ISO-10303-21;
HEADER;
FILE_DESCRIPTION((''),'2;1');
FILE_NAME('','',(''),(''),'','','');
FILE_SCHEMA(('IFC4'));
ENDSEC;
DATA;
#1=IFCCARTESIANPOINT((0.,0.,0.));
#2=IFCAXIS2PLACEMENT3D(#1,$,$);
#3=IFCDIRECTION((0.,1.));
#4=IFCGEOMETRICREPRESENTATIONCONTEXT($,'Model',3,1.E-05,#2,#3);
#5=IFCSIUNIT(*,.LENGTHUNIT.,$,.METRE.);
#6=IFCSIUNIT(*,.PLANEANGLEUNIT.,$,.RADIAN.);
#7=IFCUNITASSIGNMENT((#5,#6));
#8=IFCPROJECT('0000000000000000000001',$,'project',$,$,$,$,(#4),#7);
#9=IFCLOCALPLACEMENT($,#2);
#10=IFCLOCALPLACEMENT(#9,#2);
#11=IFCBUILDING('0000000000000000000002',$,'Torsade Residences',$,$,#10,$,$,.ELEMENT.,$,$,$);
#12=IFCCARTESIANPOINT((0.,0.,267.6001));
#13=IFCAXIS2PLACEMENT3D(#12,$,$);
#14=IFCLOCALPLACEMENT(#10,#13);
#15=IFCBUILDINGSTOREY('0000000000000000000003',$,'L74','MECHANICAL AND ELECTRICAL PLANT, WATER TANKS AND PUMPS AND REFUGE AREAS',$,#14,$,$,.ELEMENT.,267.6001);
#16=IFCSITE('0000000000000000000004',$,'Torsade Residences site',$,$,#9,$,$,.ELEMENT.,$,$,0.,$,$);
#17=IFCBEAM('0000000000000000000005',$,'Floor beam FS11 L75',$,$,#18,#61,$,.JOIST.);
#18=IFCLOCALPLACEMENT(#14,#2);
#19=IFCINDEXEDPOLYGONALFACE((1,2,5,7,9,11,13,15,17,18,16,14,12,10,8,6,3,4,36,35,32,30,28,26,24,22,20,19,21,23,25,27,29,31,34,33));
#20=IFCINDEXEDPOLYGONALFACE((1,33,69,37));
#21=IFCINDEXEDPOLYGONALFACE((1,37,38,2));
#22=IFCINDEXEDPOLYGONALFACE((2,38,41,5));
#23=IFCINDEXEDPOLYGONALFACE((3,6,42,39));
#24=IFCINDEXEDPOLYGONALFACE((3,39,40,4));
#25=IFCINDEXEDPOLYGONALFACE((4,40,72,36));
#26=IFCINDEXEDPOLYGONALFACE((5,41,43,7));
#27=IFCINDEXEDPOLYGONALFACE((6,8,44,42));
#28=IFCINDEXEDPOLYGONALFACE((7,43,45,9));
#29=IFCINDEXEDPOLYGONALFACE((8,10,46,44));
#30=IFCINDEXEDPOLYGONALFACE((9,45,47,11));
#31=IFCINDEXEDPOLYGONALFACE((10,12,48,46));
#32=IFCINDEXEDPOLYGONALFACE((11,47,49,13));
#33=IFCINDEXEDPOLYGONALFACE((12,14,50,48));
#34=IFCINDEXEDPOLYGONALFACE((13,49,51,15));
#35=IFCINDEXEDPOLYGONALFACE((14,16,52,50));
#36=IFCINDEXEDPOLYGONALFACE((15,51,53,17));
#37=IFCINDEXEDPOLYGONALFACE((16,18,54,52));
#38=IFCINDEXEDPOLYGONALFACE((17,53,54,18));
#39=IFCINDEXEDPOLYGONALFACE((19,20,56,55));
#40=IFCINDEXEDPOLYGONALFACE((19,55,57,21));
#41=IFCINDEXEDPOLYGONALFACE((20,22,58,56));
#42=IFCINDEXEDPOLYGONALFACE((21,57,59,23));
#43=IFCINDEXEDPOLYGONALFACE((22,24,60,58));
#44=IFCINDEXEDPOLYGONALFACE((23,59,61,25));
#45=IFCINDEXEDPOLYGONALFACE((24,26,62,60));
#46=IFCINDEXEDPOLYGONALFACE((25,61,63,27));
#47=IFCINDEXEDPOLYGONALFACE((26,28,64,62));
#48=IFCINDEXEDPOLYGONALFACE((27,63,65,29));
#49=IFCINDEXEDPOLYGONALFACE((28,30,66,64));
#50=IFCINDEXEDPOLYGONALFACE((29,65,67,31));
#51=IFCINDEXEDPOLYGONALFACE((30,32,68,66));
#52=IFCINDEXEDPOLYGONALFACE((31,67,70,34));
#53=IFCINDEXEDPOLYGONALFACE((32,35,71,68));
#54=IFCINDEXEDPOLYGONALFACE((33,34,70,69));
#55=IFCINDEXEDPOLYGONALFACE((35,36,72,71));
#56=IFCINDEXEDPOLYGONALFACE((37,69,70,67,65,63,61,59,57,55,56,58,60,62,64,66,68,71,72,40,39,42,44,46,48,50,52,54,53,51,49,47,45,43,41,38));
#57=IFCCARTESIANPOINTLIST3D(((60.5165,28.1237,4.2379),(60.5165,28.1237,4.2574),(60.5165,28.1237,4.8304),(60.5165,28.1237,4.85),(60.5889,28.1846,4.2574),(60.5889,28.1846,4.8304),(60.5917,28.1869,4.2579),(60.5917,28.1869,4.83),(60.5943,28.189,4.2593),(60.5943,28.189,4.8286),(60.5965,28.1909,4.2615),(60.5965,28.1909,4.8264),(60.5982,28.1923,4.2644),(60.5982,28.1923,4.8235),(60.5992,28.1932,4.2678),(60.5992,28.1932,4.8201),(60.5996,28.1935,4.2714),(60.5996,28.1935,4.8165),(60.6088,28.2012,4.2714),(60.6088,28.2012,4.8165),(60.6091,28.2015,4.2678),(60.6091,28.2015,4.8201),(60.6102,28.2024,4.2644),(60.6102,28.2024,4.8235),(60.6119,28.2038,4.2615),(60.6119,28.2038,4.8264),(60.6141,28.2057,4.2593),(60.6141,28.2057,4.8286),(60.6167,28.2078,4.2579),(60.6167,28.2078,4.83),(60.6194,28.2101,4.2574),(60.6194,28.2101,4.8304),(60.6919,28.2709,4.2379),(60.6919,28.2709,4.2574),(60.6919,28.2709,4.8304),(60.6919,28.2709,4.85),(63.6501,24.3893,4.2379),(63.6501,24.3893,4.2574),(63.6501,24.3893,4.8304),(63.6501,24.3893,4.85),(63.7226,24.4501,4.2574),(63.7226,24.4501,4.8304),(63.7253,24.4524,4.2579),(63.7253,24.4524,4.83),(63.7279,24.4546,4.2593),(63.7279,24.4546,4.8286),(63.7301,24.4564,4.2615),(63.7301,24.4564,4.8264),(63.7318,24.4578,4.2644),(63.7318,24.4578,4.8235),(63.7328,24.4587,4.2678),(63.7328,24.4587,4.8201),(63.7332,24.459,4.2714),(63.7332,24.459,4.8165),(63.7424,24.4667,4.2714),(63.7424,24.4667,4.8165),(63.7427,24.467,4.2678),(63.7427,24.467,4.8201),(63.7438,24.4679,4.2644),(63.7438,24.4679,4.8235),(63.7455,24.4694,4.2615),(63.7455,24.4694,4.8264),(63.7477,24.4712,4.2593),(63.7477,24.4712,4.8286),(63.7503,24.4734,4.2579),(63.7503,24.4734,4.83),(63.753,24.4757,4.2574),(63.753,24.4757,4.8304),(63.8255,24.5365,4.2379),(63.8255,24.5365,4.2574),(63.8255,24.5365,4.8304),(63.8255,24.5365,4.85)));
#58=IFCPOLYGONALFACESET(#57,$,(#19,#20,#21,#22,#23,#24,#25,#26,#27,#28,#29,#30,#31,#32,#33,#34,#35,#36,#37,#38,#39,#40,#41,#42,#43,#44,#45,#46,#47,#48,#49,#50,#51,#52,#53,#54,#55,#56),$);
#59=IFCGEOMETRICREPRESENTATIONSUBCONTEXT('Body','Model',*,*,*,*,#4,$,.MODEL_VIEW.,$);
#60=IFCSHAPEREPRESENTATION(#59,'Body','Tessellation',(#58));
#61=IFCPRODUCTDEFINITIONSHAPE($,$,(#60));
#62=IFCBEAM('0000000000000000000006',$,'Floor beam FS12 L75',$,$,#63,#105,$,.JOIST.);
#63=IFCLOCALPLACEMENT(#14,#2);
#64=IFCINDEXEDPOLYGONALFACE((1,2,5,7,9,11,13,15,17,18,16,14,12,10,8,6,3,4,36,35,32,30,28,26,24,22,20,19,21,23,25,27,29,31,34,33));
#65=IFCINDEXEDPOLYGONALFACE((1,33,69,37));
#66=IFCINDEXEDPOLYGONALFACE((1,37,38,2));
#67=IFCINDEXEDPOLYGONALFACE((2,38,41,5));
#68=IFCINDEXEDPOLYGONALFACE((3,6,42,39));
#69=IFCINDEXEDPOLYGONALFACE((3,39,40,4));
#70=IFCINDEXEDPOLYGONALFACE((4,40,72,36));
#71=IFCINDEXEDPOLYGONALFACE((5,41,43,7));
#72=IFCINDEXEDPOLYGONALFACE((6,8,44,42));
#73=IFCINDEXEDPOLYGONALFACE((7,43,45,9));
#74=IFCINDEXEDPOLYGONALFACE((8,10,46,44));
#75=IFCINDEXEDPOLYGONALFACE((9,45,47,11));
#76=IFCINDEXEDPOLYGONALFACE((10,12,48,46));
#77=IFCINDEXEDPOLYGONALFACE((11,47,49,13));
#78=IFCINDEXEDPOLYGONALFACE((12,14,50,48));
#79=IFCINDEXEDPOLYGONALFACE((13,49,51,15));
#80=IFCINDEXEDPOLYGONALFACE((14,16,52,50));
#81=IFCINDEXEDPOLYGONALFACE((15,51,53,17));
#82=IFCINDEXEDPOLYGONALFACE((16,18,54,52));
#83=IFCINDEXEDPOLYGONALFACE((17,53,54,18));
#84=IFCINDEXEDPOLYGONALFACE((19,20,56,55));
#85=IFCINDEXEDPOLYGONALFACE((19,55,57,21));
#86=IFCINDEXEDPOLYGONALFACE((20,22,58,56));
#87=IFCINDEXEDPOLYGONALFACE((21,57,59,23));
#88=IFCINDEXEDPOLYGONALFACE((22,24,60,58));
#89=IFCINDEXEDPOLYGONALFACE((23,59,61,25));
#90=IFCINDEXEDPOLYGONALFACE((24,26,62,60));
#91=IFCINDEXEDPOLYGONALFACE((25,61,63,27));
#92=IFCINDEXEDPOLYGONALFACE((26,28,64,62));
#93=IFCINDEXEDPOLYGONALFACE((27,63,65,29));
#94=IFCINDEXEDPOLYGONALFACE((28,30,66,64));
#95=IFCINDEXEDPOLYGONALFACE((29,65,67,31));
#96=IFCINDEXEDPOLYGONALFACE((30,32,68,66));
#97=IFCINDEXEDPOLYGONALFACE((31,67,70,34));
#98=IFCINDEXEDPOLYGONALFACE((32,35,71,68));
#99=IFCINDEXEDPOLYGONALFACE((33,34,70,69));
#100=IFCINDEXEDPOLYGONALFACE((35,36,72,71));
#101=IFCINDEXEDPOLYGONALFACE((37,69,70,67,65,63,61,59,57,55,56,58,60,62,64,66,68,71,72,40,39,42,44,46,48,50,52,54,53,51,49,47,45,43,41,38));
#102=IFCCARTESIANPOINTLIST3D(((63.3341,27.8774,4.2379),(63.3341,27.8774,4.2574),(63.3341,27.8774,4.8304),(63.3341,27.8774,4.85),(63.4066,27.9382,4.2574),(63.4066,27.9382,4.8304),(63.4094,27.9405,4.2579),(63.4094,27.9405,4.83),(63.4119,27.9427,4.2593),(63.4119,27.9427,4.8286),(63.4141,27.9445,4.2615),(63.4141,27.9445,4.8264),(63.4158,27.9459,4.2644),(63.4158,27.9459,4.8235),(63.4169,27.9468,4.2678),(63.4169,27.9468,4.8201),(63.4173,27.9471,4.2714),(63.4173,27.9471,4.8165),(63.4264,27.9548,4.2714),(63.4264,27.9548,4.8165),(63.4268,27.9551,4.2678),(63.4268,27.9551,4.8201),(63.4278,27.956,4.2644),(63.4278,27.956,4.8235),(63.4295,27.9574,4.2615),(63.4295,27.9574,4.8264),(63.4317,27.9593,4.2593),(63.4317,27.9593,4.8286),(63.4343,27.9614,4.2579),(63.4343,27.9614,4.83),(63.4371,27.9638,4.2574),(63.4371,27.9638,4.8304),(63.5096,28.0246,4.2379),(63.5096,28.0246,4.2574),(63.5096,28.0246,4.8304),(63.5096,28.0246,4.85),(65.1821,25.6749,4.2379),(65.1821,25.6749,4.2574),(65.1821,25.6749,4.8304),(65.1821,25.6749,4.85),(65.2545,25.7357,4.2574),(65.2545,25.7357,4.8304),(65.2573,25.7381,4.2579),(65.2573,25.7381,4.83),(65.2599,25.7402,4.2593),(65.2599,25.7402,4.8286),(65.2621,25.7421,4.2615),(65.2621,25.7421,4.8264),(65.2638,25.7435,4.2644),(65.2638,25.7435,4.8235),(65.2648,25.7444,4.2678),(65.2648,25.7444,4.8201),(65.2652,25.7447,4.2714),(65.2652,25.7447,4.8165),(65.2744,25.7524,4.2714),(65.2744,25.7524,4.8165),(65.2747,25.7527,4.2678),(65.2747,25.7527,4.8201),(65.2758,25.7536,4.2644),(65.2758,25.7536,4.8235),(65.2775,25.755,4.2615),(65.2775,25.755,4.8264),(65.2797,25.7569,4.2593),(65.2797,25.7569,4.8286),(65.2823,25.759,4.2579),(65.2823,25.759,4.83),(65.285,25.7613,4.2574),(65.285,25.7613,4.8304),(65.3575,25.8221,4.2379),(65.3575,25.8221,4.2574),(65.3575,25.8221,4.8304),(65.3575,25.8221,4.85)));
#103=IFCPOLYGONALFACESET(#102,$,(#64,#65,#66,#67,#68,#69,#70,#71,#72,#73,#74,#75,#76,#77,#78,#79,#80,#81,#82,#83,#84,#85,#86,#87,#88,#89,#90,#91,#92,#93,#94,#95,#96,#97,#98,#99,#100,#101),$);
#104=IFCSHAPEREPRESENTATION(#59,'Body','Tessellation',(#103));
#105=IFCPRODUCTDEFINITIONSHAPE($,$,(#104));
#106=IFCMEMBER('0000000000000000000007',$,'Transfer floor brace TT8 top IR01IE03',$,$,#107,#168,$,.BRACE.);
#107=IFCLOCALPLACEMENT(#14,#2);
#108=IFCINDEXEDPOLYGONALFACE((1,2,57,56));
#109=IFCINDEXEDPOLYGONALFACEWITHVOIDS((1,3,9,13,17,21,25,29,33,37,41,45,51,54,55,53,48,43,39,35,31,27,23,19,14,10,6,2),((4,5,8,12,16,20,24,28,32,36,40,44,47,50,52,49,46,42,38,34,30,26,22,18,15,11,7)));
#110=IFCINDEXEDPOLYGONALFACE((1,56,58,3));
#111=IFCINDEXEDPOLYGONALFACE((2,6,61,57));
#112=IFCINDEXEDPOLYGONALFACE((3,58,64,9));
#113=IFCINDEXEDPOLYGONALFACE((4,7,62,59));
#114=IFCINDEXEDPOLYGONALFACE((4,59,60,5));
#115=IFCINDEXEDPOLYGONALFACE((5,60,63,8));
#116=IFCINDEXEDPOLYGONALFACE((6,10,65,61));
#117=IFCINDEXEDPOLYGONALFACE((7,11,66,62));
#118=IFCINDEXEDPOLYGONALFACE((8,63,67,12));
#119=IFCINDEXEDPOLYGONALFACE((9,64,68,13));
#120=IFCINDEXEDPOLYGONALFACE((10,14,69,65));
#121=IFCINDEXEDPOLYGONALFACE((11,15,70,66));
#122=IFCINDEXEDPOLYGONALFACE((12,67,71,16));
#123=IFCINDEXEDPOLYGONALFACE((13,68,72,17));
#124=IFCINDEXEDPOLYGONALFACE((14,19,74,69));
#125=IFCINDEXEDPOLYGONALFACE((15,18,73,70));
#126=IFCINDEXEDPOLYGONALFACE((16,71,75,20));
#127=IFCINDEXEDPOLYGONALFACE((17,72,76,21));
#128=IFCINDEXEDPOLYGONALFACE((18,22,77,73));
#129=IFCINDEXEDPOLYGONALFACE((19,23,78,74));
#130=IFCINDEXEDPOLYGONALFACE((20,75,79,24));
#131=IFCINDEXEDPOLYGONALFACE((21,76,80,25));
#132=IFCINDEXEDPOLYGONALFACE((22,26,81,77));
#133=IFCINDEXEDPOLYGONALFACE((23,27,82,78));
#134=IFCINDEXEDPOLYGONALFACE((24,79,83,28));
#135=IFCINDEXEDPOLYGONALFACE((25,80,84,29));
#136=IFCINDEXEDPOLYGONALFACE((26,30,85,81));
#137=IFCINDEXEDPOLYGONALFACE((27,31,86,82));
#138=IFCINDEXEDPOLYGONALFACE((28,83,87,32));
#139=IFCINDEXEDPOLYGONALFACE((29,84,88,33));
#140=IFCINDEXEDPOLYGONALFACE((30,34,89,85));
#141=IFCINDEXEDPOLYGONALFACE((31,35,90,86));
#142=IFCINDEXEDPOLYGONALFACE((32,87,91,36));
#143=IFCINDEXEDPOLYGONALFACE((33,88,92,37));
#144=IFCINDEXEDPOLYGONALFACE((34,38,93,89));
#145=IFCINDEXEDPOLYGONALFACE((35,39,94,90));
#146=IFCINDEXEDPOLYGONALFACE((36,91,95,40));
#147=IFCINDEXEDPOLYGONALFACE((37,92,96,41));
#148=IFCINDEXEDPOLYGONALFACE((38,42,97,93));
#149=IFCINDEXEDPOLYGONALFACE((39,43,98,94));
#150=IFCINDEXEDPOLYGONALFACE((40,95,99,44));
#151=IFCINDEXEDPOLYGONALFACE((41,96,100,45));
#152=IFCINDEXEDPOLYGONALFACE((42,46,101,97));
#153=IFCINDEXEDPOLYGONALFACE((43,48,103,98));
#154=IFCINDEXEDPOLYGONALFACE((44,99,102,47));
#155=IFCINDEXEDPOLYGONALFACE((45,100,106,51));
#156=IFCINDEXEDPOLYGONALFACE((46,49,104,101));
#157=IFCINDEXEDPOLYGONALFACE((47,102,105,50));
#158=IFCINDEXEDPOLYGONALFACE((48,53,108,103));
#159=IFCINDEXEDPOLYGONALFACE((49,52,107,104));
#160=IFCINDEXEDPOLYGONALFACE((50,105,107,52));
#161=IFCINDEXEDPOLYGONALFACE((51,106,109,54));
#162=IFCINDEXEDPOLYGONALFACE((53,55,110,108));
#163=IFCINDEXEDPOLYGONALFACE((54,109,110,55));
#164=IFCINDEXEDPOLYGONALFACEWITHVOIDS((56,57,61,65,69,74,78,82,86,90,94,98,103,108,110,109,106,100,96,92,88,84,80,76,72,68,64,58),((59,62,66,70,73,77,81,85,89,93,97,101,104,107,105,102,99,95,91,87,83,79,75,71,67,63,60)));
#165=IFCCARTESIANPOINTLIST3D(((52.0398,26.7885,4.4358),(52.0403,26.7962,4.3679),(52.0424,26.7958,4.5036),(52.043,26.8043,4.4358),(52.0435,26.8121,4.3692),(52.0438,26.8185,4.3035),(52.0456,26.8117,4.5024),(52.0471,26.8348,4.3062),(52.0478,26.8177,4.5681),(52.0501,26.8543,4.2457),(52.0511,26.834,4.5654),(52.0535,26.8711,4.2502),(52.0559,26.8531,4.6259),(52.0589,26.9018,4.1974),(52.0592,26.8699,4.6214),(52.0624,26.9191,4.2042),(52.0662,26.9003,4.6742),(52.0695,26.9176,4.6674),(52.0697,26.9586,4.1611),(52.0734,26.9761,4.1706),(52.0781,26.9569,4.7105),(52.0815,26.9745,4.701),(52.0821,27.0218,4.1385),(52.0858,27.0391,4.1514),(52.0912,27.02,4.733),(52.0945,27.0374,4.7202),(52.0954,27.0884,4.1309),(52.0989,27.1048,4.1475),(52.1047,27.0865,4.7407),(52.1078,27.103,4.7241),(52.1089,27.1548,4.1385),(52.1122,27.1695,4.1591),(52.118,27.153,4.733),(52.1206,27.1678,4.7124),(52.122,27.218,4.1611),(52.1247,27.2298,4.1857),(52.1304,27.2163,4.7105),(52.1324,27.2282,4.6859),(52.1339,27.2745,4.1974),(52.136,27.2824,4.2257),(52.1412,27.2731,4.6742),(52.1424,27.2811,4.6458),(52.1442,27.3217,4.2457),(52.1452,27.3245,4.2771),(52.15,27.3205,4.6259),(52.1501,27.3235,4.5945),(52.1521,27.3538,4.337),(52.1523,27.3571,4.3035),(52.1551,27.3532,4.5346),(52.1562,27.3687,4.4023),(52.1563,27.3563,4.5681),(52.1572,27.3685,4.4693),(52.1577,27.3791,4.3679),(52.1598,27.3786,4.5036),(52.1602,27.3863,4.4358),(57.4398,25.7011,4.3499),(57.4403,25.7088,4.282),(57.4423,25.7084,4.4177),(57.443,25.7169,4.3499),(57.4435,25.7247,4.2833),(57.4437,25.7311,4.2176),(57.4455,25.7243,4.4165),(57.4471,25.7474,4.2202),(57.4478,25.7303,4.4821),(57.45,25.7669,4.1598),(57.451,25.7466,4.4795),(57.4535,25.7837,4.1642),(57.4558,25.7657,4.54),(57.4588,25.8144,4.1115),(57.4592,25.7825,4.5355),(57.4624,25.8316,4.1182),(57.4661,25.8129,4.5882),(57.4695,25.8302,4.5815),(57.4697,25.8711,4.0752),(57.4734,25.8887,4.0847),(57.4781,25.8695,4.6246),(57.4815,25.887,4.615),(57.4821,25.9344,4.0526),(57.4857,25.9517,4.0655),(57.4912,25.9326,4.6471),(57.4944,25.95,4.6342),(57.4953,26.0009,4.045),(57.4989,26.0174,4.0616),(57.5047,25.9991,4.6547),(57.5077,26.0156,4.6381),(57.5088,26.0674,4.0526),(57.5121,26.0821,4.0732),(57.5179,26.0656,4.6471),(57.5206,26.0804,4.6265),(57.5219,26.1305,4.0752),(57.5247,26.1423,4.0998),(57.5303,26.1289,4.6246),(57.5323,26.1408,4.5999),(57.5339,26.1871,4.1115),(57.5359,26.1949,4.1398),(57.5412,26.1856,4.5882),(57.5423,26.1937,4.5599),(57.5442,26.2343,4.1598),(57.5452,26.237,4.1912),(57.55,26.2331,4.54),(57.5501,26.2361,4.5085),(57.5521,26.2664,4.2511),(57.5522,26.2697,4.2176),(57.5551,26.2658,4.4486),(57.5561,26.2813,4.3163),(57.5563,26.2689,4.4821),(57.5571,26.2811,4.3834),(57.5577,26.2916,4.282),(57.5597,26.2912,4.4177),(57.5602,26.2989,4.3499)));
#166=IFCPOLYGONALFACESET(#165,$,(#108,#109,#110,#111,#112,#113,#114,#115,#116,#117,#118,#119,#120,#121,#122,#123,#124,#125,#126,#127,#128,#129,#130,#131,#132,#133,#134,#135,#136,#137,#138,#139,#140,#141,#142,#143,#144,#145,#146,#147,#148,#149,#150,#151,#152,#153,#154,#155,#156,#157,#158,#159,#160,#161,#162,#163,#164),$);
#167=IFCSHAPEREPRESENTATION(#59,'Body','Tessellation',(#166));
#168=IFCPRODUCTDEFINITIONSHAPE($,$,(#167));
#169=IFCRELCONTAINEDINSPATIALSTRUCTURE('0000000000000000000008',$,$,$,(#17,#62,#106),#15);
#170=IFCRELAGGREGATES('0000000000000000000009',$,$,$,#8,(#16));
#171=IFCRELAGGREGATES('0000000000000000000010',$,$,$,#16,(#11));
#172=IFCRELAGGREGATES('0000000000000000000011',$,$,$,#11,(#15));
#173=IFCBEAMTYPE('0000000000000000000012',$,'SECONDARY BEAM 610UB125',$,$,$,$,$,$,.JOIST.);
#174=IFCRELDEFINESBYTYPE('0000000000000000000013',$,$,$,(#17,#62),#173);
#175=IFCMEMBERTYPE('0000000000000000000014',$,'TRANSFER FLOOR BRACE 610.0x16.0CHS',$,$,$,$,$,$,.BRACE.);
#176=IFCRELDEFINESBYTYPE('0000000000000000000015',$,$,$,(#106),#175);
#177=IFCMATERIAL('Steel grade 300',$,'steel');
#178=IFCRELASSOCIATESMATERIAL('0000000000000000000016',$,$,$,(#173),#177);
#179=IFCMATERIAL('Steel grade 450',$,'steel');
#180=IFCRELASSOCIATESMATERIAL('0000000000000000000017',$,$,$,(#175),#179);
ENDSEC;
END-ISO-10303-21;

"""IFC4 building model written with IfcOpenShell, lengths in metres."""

from ifc_helpers import new_model, si_unit, direction, frame, origin, origin_2d, place, context, subcontext, project, spatial, hollow_circle, i_section, extrude, material, material_profile, profile_set, type_object, element, save


model = new_model("IFC4")

# Units and contexts
model_context = context("Model", 3, precision=1e-05, world=origin(), true_north=direction((0.0, 1.0)))
body_context = subcontext(model_context, "Body", "Model", "MODEL_VIEW")
ifc_project = project(units=[si_unit("LENGTHUNIT", "METRE"), si_unit("PLANEANGLEUNIT", "RADIAN")], contexts=[model_context])

# Site, building, storey
site_placement = place(None, origin())
site = spatial("IfcSite", under=ifc_project, at=site_placement, Name="Torsade Residences site", CompositionType="ELEMENT", RefElevation=0.0)
building_placement = place(site_placement, origin())
building = spatial("IfcBuilding", under=site, at=building_placement, Name="Torsade Residences", CompositionType="ELEMENT")
storey_placement = place(building_placement, frame((0.0, 0.0, 267.6001)))
storey = spatial("IfcBuildingStorey", under=building, at=storey_placement, Name="L74", Description="MECHANICAL AND ELECTRICAL PLANT, WATER TANKS AND PUMPS AND REFUGE AREAS", CompositionType="ELEMENT", Elevation=267.6001)

# Beams
ifc_material_1 = material(Name="Steel grade 300", Category="steel")
ifc_material_profile_1 = material_profile(ifc_material_1, i_section(OverallWidth=0.229, OverallDepth=0.6121, WebThickness=0.012, FlangeThickness=0.0195, FilletRadius=0.0139, at=origin_2d()), Name="610UB125")
ifc_profile_set_1 = profile_set([ifc_material_profile_1], Name="Steel grade 300")
beam_type_1 = type_object("IfcBeamType", Name="SECONDARY BEAM 610UB125", PredefinedType="JOIST", material=ifc_profile_set_1)
beam_1_placement = place(storey_placement, frame((63.7378, 24.4629, 4.5439), z_axis=(-0.642791, 0.766041, 0.0), x_axis=(-0.766041, -0.642791, 0.0)))
element("IfcBeam", 1, at=beam_1_placement, inside=storey, type_object=beam_type_1, Name="Floor beam FS11 L75", PredefinedType="JOIST", context=body_context, shape_type="SweptSolid", body=[
    extrude(i_section(OverallWidth=0.229, OverallDepth=0.6121, WebThickness=0.012, FlangeThickness=0.0195, FilletRadius=0.0139, at=origin_2d()), origin(), (0.0, 0.0, 1.0), 4.875),
])
beam_2_placement = place(storey_placement, frame((65.2698, 25.7485, 4.5439), z_axis=(-0.642762, 0.766066, 0.0), x_axis=(-0.766066, -0.642762, 0.0)))
element("IfcBeam", 2, at=beam_2_placement, inside=storey, type_object=beam_type_1, Name="Floor beam FS12 L75", PredefinedType="JOIST", context=body_context, shape_type="SweptSolid", body=[
    extrude(i_section(OverallWidth=0.229, OverallDepth=0.6121, WebThickness=0.012, FlangeThickness=0.0195, FilletRadius=0.0139, at=origin_2d()), origin(), (0.0, 0.0, 1.0), 2.875),
])

# Member
ifc_material_2 = material(Name="Steel grade 450", Category="steel")
ifc_material_profile_2 = material_profile(ifc_material_2, hollow_circle(Radius=0.3049, WallThickness=0.0161, at=origin_2d()), Name="610.0x16.0CHS")
ifc_profile_set_2 = profile_set([ifc_material_profile_2], Name="Steel grade 450")
member_type_1 = type_object("IfcMemberType", Name="TRANSFER FLOOR BRACE 610.0x16.0CHS", PredefinedType="BRACE", material=ifc_profile_set_2)
member_1_placement = place(storey_placement, frame((57.5, 26.0, 4.3499), z_axis=(-0.980201, 0.197388, 0.0156), x_axis=(-0.197412, -0.980321, 0.0)))
element("IfcMember", 3, at=member_1_placement, inside=storey, type_object=member_type_1, Name="Transfer floor brace TT8 top IR01IE03", PredefinedType="BRACE", context=body_context, shape_type="SweptSolid", body=[
    extrude(hollow_circle(Radius=0.3049, WallThickness=0.0161, at=origin_2d()), origin(), (0.0, 0.0, 1.0), 5.509),
])

save(model, "model.ifc")
